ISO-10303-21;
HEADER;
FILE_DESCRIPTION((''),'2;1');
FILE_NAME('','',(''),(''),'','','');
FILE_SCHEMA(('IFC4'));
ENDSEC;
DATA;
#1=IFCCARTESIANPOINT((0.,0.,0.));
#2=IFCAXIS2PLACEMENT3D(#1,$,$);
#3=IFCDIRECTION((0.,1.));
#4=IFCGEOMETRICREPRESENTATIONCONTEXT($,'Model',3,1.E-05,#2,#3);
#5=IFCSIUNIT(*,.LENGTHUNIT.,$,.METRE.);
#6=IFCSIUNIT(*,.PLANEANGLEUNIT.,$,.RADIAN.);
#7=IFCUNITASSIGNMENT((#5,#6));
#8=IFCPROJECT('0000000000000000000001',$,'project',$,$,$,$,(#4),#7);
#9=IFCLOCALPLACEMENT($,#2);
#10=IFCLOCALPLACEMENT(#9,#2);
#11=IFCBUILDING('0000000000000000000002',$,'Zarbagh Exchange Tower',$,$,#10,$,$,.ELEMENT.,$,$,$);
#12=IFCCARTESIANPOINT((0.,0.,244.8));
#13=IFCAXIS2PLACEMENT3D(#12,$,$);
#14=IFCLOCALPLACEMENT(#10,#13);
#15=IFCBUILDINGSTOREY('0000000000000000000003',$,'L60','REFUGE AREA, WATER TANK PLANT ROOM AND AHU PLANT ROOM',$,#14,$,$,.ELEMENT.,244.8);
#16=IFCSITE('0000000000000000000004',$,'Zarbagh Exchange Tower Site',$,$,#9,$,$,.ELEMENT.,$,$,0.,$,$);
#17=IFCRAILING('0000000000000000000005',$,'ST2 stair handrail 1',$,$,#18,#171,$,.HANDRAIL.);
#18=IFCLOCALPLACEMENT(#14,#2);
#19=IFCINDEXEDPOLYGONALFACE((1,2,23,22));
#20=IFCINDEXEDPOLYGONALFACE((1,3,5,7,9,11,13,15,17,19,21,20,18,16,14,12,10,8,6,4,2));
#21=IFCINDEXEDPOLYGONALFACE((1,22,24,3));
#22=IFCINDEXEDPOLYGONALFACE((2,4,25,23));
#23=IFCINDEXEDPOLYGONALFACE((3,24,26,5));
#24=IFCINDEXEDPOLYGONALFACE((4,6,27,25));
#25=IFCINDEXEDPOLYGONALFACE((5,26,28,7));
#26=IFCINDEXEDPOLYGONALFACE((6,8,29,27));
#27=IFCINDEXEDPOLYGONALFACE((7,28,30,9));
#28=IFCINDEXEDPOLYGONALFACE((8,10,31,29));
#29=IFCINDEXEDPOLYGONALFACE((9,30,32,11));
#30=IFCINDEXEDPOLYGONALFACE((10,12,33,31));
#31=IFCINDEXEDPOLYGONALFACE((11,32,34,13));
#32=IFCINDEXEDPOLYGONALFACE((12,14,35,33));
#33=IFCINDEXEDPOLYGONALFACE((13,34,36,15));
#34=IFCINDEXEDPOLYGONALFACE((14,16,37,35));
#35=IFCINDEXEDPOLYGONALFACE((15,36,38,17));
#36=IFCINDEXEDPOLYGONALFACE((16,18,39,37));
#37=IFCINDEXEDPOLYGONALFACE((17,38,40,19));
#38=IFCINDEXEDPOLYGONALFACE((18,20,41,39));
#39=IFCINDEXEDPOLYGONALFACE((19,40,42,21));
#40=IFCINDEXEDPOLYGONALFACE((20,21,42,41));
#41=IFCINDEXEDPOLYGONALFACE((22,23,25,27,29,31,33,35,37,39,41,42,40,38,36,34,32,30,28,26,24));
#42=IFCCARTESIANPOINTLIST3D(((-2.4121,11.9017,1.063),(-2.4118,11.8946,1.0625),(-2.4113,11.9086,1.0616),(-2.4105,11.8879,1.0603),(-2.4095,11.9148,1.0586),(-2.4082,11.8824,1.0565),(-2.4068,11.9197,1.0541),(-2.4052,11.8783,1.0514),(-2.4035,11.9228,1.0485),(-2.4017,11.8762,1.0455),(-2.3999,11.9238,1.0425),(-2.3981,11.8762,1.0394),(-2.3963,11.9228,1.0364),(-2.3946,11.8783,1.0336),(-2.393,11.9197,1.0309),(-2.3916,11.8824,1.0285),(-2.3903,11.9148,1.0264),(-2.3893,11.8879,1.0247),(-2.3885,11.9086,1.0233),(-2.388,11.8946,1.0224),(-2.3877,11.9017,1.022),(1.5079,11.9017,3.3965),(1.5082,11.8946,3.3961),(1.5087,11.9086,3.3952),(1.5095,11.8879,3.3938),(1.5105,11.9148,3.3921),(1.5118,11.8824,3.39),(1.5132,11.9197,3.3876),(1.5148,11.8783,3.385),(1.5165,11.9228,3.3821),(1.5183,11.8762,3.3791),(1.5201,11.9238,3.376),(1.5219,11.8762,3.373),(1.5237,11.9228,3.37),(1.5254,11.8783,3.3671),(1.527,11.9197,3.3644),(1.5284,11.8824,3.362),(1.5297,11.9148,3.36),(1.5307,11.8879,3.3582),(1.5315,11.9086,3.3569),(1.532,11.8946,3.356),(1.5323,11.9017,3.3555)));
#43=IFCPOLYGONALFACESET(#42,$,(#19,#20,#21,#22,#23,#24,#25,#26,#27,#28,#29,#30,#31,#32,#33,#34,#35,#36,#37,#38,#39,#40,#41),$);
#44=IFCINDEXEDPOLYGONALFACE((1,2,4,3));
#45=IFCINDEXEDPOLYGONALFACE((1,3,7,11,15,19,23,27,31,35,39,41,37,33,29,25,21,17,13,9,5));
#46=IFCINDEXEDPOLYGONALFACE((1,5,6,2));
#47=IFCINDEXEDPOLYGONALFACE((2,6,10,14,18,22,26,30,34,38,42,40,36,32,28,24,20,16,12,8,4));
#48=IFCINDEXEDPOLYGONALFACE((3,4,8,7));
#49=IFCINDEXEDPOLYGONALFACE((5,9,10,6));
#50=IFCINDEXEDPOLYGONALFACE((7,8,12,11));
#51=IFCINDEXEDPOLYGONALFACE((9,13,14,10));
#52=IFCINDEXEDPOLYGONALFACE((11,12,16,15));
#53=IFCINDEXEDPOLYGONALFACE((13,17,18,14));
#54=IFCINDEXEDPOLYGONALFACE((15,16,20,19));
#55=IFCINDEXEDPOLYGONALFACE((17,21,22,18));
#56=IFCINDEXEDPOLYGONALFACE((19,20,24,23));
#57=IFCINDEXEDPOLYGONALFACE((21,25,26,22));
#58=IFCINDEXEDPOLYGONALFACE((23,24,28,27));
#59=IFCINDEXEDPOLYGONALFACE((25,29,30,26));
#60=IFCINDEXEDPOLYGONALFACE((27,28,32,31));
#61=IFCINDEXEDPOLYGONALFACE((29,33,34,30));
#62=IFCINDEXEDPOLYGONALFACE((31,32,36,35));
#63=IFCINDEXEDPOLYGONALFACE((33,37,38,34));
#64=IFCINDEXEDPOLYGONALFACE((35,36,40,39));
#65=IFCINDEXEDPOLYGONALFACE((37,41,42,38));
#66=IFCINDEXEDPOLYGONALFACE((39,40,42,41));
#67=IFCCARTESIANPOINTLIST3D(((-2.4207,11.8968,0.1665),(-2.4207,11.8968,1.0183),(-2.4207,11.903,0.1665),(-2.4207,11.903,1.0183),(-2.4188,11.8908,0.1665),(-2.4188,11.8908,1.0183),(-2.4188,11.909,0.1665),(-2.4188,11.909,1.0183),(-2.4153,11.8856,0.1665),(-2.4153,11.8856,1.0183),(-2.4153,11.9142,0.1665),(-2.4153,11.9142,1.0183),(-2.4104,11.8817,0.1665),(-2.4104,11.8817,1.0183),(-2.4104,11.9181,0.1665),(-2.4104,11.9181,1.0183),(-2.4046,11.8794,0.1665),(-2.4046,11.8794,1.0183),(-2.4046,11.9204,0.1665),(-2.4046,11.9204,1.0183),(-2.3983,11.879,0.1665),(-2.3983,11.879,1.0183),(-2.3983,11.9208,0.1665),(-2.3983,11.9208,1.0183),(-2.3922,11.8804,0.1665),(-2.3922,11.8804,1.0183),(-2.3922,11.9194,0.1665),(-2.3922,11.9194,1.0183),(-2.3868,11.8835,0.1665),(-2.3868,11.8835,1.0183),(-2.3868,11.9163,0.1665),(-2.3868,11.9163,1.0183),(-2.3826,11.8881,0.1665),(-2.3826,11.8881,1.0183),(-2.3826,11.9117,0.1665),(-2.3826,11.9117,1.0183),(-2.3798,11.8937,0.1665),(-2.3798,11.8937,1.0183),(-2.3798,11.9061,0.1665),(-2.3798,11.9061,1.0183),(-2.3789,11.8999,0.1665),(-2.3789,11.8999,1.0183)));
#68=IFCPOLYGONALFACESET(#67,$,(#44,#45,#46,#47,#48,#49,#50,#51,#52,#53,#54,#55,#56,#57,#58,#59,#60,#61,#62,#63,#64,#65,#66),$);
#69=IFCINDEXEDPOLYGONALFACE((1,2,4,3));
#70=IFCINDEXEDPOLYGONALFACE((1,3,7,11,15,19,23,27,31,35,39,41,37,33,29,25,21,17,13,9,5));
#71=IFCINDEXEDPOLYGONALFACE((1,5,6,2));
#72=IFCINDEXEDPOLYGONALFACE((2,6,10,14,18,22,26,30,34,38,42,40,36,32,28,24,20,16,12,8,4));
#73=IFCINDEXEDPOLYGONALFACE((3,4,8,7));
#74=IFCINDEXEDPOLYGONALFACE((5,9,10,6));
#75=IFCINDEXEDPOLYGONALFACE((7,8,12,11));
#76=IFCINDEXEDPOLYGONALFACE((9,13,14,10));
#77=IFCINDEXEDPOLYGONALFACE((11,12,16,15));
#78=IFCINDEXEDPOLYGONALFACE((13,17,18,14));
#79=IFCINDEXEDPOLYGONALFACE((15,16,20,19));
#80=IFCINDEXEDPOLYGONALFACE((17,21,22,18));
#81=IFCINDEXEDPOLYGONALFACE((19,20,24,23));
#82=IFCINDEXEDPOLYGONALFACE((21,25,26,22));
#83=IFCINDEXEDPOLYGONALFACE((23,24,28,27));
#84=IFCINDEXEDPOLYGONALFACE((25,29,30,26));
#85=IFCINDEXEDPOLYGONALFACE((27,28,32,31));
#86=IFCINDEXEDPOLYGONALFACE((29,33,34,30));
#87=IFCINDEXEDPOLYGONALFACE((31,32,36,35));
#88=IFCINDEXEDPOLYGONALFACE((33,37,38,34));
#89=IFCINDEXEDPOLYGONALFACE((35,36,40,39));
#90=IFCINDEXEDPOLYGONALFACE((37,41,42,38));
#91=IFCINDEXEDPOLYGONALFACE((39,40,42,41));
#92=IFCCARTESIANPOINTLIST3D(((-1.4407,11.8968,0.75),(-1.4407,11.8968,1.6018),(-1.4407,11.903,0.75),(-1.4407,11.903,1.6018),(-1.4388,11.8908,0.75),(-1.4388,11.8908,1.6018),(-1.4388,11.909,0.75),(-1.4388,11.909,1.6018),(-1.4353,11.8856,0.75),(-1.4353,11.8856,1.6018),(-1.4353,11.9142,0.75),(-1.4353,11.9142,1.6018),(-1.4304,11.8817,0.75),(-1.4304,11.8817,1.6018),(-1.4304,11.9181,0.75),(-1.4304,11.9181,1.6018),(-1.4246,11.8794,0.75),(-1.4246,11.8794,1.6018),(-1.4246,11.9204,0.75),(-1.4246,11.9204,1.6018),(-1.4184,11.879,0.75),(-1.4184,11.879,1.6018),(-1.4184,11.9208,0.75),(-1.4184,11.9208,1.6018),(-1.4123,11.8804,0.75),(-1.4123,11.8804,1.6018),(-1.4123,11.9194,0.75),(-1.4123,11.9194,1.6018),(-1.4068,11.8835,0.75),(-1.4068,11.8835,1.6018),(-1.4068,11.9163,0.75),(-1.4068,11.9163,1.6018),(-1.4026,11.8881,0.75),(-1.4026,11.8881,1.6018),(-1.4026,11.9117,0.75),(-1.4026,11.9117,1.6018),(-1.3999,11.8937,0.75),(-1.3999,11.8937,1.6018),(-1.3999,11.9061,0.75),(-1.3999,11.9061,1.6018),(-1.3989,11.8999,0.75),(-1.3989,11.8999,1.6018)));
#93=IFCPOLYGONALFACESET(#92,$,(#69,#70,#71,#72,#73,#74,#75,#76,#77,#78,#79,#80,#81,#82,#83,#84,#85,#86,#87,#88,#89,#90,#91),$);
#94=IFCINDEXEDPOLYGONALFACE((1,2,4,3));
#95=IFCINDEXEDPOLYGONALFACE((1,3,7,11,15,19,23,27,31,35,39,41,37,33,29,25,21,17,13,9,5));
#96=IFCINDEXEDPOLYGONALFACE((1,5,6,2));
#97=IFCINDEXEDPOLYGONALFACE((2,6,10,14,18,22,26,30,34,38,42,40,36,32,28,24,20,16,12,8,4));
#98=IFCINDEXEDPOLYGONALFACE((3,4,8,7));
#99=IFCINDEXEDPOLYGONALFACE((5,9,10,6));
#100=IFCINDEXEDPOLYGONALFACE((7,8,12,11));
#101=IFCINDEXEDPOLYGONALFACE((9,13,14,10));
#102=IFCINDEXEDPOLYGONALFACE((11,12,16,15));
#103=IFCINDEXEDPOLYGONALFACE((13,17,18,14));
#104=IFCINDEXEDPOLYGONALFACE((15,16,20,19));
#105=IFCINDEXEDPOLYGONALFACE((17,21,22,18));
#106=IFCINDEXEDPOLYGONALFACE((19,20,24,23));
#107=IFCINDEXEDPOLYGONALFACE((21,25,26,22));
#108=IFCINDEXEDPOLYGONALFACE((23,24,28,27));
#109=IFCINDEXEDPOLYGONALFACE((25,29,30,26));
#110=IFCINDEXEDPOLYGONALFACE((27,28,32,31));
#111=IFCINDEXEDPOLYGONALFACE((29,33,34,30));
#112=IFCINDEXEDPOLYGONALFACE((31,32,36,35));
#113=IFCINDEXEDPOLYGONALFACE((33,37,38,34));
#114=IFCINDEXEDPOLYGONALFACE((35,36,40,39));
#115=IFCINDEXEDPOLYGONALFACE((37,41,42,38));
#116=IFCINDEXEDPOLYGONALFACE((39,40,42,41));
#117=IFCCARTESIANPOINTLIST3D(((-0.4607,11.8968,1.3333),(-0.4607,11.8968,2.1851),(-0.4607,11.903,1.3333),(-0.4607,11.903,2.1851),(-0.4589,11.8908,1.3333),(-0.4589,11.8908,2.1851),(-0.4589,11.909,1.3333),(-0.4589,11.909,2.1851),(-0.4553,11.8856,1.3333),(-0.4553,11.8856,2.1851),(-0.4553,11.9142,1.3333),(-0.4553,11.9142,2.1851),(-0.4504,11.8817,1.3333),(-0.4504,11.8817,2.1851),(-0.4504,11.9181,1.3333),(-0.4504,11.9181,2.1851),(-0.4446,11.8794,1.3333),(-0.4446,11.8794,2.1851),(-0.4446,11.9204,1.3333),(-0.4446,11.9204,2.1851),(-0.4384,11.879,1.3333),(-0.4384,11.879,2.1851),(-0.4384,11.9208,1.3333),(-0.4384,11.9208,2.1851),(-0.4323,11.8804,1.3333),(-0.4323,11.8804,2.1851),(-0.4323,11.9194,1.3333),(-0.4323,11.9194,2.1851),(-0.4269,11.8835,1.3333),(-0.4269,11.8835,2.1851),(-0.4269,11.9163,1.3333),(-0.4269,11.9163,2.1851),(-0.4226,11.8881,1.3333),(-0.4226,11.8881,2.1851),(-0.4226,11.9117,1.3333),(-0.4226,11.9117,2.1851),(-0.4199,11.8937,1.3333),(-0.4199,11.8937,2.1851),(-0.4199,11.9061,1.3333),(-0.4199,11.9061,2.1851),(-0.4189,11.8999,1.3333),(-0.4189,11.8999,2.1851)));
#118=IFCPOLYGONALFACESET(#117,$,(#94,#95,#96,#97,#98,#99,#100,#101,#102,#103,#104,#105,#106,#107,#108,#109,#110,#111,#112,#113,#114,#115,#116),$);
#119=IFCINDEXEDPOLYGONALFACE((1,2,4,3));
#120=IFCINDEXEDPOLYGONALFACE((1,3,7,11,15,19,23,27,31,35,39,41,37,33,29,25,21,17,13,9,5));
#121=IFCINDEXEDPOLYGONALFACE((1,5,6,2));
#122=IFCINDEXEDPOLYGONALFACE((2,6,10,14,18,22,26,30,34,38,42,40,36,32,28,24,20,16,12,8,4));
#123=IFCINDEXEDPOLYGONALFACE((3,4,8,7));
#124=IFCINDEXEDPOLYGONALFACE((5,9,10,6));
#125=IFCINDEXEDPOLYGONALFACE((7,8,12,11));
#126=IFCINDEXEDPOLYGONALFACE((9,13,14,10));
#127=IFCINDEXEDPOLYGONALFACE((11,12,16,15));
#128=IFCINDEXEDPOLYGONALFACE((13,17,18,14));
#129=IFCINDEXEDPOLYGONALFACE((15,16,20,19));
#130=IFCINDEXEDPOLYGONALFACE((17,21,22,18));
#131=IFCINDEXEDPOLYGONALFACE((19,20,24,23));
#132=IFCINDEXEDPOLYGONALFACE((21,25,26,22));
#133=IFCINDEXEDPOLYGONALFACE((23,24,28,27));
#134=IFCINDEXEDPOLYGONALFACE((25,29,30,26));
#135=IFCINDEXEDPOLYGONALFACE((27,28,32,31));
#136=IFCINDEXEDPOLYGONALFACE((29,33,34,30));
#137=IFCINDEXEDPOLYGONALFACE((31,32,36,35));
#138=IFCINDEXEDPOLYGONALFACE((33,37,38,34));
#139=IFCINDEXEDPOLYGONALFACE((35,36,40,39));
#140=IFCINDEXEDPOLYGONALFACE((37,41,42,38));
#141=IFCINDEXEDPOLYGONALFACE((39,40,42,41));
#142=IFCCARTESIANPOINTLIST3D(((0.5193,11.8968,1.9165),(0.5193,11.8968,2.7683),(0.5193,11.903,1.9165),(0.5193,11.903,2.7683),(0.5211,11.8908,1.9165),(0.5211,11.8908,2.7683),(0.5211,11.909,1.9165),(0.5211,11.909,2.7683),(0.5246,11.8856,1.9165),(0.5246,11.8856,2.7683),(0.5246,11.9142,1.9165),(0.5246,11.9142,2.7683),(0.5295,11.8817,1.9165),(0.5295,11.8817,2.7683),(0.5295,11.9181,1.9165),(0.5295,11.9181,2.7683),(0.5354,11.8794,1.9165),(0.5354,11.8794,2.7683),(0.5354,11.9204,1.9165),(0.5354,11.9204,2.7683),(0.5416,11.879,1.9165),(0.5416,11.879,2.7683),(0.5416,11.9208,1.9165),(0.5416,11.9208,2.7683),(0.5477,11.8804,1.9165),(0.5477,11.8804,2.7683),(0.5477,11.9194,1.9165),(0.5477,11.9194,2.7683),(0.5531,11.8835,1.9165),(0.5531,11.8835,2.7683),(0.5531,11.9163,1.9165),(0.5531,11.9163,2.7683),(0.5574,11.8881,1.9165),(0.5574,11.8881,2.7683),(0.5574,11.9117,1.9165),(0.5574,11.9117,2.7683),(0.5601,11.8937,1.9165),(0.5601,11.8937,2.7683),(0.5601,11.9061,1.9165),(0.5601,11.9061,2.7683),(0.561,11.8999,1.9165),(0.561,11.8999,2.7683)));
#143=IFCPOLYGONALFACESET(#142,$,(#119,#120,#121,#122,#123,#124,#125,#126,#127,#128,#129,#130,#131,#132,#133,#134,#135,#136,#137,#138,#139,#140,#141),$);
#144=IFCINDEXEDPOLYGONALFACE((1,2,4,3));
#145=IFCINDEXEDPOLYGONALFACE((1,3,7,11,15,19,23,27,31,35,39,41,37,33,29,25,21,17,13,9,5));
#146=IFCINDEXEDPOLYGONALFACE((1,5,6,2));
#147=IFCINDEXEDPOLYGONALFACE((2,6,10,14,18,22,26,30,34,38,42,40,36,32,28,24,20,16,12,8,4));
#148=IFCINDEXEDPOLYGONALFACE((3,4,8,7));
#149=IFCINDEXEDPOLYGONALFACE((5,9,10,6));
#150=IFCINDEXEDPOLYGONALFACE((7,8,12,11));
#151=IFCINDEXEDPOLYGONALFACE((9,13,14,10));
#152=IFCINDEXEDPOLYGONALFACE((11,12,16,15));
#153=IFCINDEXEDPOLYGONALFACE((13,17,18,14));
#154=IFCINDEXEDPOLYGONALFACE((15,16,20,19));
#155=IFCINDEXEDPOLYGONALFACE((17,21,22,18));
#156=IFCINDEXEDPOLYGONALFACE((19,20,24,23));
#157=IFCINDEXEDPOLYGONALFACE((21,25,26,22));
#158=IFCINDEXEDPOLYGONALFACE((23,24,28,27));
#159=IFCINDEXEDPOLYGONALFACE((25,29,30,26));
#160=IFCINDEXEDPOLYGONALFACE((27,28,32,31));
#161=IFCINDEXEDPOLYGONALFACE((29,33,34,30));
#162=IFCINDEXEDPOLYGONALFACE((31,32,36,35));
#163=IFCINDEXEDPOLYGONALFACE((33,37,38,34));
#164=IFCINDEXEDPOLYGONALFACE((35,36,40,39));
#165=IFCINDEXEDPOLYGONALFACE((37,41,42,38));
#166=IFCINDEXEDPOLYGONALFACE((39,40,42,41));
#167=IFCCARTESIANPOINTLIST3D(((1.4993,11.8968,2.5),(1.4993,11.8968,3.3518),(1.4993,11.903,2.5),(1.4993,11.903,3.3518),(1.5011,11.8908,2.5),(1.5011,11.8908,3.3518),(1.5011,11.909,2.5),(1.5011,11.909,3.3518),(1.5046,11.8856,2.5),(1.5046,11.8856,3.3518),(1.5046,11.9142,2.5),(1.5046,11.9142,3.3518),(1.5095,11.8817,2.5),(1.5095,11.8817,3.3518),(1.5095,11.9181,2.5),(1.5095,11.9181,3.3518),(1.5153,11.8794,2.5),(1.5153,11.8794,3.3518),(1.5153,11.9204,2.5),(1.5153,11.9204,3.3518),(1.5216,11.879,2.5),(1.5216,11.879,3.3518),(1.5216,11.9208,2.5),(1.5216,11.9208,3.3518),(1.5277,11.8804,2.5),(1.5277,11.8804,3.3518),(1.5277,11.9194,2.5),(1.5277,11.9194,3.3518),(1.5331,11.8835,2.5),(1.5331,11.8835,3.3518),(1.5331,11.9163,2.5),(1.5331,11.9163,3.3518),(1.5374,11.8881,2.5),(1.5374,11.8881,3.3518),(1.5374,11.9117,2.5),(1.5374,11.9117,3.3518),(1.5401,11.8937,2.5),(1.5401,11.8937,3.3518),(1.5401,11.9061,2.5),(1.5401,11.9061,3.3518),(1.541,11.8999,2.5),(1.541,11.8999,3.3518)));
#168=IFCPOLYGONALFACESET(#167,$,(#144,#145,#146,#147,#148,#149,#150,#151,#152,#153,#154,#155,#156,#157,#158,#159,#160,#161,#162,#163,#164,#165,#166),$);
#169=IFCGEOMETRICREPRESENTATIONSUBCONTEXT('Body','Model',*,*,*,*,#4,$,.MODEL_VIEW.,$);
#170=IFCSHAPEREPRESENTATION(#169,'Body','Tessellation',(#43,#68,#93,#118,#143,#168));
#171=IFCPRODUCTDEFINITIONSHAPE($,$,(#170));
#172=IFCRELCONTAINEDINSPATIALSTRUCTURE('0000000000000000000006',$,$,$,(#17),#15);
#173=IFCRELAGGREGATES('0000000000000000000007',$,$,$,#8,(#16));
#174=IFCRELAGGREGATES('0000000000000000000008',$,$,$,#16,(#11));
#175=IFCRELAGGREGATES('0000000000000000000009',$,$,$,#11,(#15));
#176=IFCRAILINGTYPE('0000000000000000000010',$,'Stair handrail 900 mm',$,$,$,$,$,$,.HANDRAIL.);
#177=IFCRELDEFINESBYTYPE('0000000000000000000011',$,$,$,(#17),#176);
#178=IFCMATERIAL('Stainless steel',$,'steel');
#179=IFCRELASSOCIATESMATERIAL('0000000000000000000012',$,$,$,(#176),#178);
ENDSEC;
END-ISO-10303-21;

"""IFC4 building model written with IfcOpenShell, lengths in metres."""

from ifc_helpers import new_model, si_unit, direction, frame, origin, origin_2d, place, context, subcontext, project, spatial, circle, extrude, material, type_object, element, save


model = new_model("IFC4")

# Units and contexts
model_context = context("Model", 3, precision=1e-05, world=origin(), true_north=direction((0.0, 1.0)))
body_context = subcontext(model_context, "Body", "Model", "MODEL_VIEW")
ifc_project = project(units=[si_unit("LENGTHUNIT", "METRE"), si_unit("PLANEANGLEUNIT", "RADIAN")], contexts=[model_context])

# Site, building, storey
site_placement = place(None, origin())
site = spatial("IfcSite", under=ifc_project, at=site_placement, Name="Zarbagh Exchange Tower Site", CompositionType="ELEMENT", RefElevation=0.0)
building_placement = place(site_placement, origin())
building = spatial("IfcBuilding", under=site, at=building_placement, Name="Zarbagh Exchange Tower", CompositionType="ELEMENT")
storey_placement = place(building_placement, frame((0.0, 0.0, 244.8)))
storey = spatial("IfcBuildingStorey", under=building, at=storey_placement, Name="L60", Description="REFUGE AREA, WATER TANK PLANT ROOM AND AHU PLANT ROOM", CompositionType="ELEMENT", Elevation=244.8)

# Railing
ifc_material_1 = material(Name="Stainless steel", Category="steel")
railing_type_1 = type_object("IfcRailingType", Name="Stair handrail 900 mm", PredefinedType="HANDRAIL", material=ifc_material_1)
railing_1_placement = place(storey_placement, frame((-2.3999, 11.8999, 0.1665)))
element("IfcRailing", 1, at=railing_1_placement, inside=storey, type_object=railing_type_1, Name="ST2 stair handrail 1", PredefinedType="HANDRAIL", context=body_context, shape_type="SweptSolid", body=[
    extrude(circle(Radius=0.0239, at=origin_2d()), frame((0.0, 0.0, 0.876), z_axis=(0.859273, 0.0, 0.511518), x_axis=(0.0, 1.0, 0.0)), (0.0, 0.0, 1.0), 4.562),
    extrude(circle(Radius=0.021, at=origin_2d()), origin(), (0.0, 0.0, 1.0), 0.8518),
    extrude(circle(Radius=0.021, at=origin_2d()), frame((0.98, 0.0, 0.5835)), (0.0, 0.0, 1.0), 0.8518),
    extrude(circle(Radius=0.021, at=origin_2d()), frame((1.96, 0.0, 1.1667)), (0.0, 0.0, 1.0), 0.8518),
    extrude(circle(Radius=0.021, at=origin_2d()), frame((2.9399, 0.0, 1.75)), (0.0, 0.0, 1.0), 0.8518),
    extrude(circle(Radius=0.021, at=origin_2d()), frame((3.9199, 0.0, 2.3335)), (0.0, 0.0, 1.0), 0.8518),
])

save(model, "model.ifc")
